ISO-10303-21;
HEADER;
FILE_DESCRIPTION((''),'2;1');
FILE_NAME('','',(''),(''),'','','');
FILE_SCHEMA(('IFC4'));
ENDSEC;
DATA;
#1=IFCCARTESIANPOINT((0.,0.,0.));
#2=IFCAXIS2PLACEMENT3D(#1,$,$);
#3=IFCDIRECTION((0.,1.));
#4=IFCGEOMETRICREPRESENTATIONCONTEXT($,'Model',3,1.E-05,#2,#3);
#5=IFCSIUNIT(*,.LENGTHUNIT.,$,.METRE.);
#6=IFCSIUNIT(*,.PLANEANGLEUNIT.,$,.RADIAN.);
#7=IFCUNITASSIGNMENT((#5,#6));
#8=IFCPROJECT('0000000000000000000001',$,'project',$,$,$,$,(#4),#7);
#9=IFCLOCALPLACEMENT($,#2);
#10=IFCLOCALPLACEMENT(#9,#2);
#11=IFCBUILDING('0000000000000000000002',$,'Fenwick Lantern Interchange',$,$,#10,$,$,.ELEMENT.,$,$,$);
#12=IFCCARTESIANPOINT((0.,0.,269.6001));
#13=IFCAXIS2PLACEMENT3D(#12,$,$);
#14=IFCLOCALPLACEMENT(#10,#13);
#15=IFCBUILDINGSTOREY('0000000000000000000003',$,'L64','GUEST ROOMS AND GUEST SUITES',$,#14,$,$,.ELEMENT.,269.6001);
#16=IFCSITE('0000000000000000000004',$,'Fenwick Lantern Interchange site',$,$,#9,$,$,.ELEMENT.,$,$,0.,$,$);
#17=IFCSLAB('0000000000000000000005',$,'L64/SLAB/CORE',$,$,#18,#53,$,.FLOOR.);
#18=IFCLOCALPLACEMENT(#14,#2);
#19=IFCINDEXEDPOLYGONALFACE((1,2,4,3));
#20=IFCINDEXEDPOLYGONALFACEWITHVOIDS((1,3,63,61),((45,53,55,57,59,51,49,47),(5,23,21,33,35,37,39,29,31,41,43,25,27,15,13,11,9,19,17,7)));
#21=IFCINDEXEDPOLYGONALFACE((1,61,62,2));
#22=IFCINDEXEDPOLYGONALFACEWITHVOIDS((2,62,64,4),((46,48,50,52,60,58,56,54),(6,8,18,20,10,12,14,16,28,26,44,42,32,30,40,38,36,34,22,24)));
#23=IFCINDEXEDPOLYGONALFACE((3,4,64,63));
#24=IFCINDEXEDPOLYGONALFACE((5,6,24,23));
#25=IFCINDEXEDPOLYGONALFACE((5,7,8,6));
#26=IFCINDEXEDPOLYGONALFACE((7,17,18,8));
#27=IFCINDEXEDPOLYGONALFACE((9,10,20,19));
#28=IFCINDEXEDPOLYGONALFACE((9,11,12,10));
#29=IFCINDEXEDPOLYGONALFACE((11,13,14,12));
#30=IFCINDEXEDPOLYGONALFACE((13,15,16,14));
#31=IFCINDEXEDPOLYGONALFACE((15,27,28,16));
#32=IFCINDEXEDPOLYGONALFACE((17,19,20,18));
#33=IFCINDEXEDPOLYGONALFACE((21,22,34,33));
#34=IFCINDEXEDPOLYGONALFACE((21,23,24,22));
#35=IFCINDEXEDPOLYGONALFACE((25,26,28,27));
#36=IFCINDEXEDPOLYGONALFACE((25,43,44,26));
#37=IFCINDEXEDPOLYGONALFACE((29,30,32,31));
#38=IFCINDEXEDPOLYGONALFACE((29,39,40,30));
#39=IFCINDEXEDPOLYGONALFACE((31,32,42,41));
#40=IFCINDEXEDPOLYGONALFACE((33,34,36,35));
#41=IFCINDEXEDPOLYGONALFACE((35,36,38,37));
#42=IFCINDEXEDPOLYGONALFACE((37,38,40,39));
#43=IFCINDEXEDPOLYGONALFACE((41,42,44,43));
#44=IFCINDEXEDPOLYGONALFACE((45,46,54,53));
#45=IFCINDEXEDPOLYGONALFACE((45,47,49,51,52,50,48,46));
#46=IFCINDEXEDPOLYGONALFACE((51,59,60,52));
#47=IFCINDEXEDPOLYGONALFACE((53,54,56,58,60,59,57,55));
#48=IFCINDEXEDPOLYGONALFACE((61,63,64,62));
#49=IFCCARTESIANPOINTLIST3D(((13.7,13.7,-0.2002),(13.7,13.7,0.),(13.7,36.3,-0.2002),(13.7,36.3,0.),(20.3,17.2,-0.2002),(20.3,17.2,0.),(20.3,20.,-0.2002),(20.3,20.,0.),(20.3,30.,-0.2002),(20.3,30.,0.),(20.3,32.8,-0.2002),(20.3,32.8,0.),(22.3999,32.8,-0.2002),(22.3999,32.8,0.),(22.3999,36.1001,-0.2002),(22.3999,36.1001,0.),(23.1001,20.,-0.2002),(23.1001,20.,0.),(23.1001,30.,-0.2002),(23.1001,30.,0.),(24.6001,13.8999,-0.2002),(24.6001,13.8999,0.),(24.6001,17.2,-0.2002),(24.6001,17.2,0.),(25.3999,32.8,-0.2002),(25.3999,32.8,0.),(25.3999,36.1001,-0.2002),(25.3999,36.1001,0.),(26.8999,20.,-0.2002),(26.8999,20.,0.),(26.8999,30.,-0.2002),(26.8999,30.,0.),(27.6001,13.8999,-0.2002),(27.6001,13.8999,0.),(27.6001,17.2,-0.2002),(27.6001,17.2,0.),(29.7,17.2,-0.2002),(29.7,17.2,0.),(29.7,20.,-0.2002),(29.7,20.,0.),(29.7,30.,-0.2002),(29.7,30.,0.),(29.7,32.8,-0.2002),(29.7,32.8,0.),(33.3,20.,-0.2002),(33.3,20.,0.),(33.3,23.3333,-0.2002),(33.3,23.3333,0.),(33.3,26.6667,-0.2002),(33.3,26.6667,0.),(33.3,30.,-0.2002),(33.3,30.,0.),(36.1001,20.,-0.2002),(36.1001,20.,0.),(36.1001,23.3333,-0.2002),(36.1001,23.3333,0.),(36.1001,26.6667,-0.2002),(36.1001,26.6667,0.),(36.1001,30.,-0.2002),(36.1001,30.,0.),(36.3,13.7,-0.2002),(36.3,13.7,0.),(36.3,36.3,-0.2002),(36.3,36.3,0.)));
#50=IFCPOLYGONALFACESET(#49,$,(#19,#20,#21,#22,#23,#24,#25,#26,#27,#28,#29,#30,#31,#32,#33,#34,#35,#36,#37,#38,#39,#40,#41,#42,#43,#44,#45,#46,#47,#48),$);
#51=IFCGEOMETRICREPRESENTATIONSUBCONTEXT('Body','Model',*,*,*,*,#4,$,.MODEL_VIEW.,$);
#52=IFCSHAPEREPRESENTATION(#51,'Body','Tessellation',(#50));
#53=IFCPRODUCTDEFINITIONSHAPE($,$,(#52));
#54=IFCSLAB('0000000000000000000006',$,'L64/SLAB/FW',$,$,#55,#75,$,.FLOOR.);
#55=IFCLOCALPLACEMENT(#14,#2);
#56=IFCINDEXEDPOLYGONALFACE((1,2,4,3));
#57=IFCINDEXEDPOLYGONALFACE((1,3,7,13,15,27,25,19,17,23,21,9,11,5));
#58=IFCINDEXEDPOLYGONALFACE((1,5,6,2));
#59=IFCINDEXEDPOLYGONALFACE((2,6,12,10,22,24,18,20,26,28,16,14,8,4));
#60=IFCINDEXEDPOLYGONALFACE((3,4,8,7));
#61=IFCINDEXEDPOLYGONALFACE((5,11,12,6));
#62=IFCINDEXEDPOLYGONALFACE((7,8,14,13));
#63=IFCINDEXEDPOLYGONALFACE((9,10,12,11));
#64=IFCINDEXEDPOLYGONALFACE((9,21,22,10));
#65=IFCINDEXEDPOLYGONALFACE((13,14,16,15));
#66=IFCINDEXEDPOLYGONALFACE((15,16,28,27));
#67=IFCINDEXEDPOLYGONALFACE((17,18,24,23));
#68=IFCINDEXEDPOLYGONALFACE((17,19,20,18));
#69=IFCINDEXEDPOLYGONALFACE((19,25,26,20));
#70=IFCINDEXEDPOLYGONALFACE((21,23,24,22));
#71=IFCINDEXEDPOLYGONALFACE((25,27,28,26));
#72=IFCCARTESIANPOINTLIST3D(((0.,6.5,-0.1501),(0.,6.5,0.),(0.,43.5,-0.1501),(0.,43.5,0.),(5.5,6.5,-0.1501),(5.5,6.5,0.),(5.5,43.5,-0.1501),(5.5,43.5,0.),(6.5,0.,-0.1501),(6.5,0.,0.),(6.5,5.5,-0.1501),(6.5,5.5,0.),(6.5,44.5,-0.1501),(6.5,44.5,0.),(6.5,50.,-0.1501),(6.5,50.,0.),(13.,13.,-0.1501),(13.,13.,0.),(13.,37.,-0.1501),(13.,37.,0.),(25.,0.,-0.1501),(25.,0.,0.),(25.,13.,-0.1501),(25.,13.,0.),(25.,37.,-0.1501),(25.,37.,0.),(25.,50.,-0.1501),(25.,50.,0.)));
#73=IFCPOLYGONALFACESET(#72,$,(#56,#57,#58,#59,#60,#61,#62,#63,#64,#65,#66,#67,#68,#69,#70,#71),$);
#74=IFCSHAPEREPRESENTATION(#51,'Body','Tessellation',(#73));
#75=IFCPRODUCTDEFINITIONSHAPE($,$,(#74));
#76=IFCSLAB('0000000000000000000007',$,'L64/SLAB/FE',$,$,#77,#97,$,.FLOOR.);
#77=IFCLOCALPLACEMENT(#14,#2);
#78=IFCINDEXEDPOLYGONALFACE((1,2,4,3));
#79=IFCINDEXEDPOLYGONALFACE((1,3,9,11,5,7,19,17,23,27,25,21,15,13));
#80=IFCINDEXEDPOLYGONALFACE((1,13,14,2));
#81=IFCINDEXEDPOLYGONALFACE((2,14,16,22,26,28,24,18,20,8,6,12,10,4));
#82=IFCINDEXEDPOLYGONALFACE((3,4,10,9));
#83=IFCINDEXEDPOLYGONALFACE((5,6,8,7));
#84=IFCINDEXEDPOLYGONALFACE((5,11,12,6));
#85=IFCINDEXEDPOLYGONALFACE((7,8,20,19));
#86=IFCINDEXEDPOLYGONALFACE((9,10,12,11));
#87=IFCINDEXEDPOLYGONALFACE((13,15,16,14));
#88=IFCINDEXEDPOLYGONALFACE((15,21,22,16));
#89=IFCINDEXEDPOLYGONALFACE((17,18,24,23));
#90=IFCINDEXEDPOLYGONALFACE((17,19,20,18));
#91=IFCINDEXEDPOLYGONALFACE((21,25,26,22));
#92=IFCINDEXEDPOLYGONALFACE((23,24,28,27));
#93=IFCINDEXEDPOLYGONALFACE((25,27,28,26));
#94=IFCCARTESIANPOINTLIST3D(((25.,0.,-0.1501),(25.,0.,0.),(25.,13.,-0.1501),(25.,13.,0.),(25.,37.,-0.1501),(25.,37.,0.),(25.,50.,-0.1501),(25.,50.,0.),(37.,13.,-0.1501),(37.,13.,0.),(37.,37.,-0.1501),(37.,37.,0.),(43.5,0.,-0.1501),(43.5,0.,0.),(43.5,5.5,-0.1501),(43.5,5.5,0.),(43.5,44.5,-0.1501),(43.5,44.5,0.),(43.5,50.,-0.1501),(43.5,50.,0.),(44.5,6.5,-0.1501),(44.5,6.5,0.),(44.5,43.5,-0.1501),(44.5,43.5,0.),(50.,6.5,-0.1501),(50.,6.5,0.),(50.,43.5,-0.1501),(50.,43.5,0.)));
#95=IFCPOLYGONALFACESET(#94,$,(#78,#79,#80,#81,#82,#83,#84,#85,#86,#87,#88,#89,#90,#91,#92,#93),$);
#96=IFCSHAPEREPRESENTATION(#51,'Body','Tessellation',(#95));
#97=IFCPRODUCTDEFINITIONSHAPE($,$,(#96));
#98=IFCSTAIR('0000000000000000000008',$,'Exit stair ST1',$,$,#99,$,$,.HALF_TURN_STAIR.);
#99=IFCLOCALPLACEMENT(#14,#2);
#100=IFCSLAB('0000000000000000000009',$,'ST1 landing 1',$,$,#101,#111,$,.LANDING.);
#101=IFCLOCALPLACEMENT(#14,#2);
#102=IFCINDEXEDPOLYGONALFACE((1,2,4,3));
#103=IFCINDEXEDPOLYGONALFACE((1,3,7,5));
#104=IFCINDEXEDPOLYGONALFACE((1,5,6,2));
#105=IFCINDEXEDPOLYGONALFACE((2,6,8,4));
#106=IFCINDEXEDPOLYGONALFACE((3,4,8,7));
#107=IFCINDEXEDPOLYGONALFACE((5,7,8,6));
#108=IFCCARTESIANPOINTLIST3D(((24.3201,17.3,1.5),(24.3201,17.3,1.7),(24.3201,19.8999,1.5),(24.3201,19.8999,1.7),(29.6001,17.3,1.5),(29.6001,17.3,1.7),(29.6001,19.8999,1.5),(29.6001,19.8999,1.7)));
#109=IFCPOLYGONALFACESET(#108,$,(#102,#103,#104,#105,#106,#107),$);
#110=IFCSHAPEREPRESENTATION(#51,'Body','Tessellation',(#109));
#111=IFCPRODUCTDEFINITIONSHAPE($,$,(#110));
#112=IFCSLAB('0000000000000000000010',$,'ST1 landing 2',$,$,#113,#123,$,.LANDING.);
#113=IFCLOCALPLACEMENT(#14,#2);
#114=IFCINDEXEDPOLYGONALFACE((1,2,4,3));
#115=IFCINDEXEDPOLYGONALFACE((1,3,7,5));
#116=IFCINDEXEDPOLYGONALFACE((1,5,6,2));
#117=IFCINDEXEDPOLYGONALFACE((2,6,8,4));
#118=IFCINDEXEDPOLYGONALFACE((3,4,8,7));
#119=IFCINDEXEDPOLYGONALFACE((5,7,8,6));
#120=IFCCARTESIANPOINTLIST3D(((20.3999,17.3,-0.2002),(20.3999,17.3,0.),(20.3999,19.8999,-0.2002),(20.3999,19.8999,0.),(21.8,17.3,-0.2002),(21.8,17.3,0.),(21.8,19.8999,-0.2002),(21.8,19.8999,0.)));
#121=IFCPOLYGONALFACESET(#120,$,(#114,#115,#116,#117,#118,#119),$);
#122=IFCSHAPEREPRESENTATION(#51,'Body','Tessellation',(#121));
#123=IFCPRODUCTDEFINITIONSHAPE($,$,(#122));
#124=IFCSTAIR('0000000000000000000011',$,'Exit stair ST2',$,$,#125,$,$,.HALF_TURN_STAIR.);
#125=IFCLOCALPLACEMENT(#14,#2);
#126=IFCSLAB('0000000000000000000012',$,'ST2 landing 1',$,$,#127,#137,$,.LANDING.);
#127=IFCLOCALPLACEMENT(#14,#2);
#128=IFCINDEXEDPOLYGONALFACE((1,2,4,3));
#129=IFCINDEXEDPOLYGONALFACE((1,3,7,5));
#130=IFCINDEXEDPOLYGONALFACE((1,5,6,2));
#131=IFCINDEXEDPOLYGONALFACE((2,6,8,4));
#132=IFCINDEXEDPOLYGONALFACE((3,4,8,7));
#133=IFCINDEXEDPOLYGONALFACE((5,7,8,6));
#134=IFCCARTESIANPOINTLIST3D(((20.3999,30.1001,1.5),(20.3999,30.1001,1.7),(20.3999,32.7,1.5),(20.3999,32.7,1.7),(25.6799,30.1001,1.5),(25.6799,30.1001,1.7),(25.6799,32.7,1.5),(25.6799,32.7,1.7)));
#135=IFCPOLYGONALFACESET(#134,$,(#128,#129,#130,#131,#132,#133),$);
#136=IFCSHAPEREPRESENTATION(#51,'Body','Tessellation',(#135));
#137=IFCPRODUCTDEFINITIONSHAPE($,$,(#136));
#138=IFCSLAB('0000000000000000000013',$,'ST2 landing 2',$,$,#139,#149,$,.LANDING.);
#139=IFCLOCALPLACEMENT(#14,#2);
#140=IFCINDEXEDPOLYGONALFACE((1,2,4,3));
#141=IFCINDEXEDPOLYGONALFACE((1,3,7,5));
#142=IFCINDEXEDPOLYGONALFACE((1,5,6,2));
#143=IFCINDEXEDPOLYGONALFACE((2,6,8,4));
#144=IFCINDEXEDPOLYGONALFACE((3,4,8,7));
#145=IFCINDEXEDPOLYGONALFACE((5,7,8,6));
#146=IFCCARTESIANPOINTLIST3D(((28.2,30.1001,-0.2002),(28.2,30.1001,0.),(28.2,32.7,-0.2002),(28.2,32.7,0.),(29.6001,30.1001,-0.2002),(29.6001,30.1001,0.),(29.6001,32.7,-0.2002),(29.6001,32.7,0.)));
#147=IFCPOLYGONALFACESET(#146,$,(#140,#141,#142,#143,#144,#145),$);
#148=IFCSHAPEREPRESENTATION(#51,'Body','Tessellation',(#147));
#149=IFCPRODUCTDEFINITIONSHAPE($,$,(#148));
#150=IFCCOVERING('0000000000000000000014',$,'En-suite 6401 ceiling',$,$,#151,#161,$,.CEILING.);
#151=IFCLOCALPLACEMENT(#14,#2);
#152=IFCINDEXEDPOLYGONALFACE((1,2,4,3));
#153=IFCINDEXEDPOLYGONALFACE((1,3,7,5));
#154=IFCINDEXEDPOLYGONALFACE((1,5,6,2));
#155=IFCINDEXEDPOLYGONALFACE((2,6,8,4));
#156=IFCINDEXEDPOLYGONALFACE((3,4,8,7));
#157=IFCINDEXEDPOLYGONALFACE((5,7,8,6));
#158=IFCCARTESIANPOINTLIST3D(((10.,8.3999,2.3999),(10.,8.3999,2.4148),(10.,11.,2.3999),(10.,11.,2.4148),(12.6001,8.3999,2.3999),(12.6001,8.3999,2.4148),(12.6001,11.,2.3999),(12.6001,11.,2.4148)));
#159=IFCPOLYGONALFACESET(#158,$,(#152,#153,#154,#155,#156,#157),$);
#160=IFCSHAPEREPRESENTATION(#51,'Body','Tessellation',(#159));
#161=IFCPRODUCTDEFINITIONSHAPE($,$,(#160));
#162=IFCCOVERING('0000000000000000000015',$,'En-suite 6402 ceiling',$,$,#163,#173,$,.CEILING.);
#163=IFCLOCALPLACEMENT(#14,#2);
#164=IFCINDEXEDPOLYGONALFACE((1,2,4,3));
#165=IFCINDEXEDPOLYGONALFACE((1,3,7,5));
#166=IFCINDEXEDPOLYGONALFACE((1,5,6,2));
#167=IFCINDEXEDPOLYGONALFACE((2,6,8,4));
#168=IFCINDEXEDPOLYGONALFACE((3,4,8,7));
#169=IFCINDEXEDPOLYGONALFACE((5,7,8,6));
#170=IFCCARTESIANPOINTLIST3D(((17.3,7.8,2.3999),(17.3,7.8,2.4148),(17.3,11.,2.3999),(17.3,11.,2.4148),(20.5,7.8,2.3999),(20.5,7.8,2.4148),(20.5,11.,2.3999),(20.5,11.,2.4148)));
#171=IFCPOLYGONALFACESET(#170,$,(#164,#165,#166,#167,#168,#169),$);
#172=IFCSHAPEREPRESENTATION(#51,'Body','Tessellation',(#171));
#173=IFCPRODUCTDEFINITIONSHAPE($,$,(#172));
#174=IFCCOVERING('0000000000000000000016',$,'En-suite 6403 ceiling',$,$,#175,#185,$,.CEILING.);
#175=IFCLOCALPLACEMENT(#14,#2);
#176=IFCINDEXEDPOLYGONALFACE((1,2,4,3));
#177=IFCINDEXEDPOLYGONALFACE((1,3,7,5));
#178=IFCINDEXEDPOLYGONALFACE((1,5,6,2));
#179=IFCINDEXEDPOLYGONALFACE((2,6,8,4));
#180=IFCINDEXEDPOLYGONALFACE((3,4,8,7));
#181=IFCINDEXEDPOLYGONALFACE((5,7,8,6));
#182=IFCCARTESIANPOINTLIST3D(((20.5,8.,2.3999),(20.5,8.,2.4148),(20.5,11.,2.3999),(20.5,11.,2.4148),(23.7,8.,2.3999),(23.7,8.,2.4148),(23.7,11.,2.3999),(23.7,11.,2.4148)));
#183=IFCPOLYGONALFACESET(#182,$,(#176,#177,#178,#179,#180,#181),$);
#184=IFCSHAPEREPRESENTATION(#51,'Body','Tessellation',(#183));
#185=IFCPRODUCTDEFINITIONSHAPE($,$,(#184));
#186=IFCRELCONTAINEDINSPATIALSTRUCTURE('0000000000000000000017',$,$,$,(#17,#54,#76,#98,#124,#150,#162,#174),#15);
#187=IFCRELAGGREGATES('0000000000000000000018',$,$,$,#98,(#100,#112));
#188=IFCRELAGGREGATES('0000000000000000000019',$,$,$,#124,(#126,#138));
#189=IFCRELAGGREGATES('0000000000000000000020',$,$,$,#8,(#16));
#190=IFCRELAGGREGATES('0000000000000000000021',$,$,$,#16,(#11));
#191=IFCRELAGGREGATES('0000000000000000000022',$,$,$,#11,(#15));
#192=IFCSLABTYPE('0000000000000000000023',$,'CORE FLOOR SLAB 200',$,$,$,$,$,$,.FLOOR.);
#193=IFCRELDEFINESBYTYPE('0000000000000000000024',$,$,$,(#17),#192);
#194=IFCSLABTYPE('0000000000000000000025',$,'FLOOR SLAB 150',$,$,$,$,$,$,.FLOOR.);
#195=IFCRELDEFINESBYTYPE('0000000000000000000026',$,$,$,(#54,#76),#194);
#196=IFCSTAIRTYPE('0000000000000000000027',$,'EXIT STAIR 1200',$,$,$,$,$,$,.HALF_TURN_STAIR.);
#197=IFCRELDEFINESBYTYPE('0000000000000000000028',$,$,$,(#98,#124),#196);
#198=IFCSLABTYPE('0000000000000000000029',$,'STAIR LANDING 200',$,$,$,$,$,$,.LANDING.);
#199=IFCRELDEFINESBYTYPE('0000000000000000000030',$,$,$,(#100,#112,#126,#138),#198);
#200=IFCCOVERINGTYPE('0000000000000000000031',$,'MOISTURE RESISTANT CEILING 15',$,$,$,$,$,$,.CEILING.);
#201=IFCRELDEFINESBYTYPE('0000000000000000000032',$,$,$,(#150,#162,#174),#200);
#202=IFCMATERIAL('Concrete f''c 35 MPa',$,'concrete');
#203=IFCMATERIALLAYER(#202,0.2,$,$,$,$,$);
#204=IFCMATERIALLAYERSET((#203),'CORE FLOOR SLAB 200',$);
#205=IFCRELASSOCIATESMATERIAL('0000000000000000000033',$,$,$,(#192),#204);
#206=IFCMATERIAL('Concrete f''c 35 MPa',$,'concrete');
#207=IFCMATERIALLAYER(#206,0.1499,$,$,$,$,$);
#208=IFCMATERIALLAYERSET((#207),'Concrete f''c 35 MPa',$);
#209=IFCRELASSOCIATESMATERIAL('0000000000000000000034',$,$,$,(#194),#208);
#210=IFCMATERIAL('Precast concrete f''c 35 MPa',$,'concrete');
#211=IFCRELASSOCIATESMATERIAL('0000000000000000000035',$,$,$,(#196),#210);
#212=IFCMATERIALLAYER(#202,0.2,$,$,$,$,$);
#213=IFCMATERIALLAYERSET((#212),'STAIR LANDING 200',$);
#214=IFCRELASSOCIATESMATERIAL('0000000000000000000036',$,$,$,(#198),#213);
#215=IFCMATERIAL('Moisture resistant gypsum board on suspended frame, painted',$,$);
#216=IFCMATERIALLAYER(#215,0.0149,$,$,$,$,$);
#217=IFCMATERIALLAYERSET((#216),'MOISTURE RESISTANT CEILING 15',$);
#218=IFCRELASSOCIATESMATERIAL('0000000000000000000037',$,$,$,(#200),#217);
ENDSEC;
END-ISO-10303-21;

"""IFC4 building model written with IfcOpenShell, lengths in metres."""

from ifc_helpers import new_model, si_unit, direction, frame, origin, place, context, subcontext, project, spatial, polyline, outline, extrude, material, layer, layer_set, type_object, element, aggregate, save


model = new_model("IFC4")

# Units and contexts
model_context = context("Model", 3, precision=1e-05, world=origin(), true_north=direction((0.0, 1.0)))
body_context = subcontext(model_context, "Body", "Model", "MODEL_VIEW")
ifc_project = project(units=[si_unit("LENGTHUNIT", "METRE"), si_unit("PLANEANGLEUNIT", "RADIAN")], contexts=[model_context])

# Site, building, storey
site_placement = place(None, origin())
site = spatial("IfcSite", under=ifc_project, at=site_placement, Name="Fenwick Lantern Interchange site", CompositionType="ELEMENT", RefElevation=0.0)
building_placement = place(site_placement, origin())
building = spatial("IfcBuilding", under=site, at=building_placement, Name="Fenwick Lantern Interchange", CompositionType="ELEMENT")
storey_placement = place(building_placement, frame((0.0, 0.0, 269.6001)))
storey = spatial("IfcBuildingStorey", under=building, at=storey_placement, Name="L64", Description="GUEST ROOMS AND GUEST SUITES", CompositionType="ELEMENT", Elevation=269.6001)

# Slabs
ifc_material_1 = material(Name="Concrete f'c 35 MPa", Category="concrete")
ifc_layer_1 = layer(ifc_material_1, 0.2)
ifc_layer_set_1 = layer_set([ifc_layer_1], Name="CORE FLOOR SLAB 200")
slab_type_1 = type_object("IfcSlabType", Name="CORE FLOOR SLAB 200", PredefinedType="FLOOR", material=ifc_layer_set_1)
slab_1_placement = place(storey_placement, frame((0.0, 0.0, -0.2002)))
element("IfcSlab", 1, at=slab_1_placement, inside=storey, type_object=slab_type_1, Name="L64/SLAB/CORE", PredefinedType="FLOOR", context=body_context, shape_type="SweptSolid", body=[
    extrude(outline(polyline([(13.7, 36.3), (36.3, 36.3), (36.3, 13.7), (13.7, 13.7), (13.7, 36.3)]), holes=[polyline([(24.6001, 13.8999), (27.6001, 13.8999), (27.6001, 17.2), (29.7, 17.2), (29.7, 20.0), (26.8999, 20.0), (26.8999, 30.0), (29.7, 30.0), (29.7, 32.8), (25.3999, 32.8), (25.3999, 36.1001), (22.3999, 36.1001), (22.3999, 32.8), (20.3, 32.8), (20.3, 30.0), (23.1001, 30.0), (23.1001, 20.0), (20.3, 20.0), (20.3, 17.2), (24.6001, 17.2), (24.6001, 13.8999)]), polyline([(33.3, 20.0), (36.1001, 20.0), (36.1001, 23.3333), (36.1001, 26.6667), (36.1001, 30.0), (33.3, 30.0), (33.3, 26.6667), (33.3, 23.3333), (33.3, 20.0)])]), origin(), (0.0, 0.0, 1.0), 0.2002),
])
ifc_material_2 = material(Name="Concrete f'c 35 MPa", Category="concrete")
ifc_layer_2 = layer(ifc_material_2, 0.1499)
ifc_layer_set_2 = layer_set([ifc_layer_2], Name="Concrete f'c 35 MPa")
slab_type_2 = type_object("IfcSlabType", Name="FLOOR SLAB 150", PredefinedType="FLOOR", material=ifc_layer_set_2)
slab_2_placement = place(storey_placement, frame((0.0, 0.0, -0.1501)))
element("IfcSlab", 2, at=slab_2_placement, inside=storey, type_object=slab_type_2, Name="L64/SLAB/FW", PredefinedType="FLOOR", context=body_context, shape_type="SweptSolid", body=[
    extrude(outline(polyline([(6.5, 0.0), (6.5, 5.5), (5.5, 6.5), (0.0, 6.5), (0.0, 43.5), (5.5, 43.5), (6.5, 44.5), (6.5, 50.0), (25.0, 50.0), (25.0, 37.0), (13.0, 37.0), (13.0, 13.0), (25.0, 13.0), (25.0, 0.0), (6.5, 0.0)])), origin(), (0.0, 0.0, 1.0), 0.1501),
])
slab_3_placement = place(storey_placement, frame((0.0, 0.0, -0.1501)))
element("IfcSlab", 3, at=slab_3_placement, inside=storey, type_object=slab_type_2, Name="L64/SLAB/FE", PredefinedType="FLOOR", context=body_context, shape_type="SweptSolid", body=[
    extrude(outline(polyline([(43.5, 50.0), (43.5, 44.5), (44.5, 43.5), (50.0, 43.5), (50.0, 6.5), (44.5, 6.5), (43.5, 5.5), (43.5, 0.0), (25.0, 0.0), (25.0, 13.0), (37.0, 13.0), (37.0, 37.0), (25.0, 37.0), (25.0, 50.0), (43.5, 50.0)])), origin(), (0.0, 0.0, 1.0), 0.1501),
])

# Stairs, slabs
ifc_material_3 = material(Name="Precast concrete f'c 35 MPa", Category="concrete")
stair_type = type_object("IfcStairType", Name="EXIT STAIR 1200", PredefinedType="HALF_TURN_STAIR", material=ifc_material_3)
stair_1_placement = place(storey_placement, origin())
stair_1 = element("IfcStair", 4, at=stair_1_placement, inside=storey, type_object=stair_type, Name="Exit stair ST1", PredefinedType="HALF_TURN_STAIR")
ifc_layer_3 = layer(ifc_material_1, 0.2)
ifc_layer_set_3 = layer_set([ifc_layer_3], Name="STAIR LANDING 200")
slab_type_3 = type_object("IfcSlabType", Name="STAIR LANDING 200", PredefinedType="LANDING", material=ifc_layer_set_3)
slab_4_placement = place(storey_placement, frame((0.0, 0.0, 1.5)))
slab_4 = element("IfcSlab", 5, at=slab_4_placement, type_object=slab_type_3, Name="ST1 landing 1", PredefinedType="LANDING", context=body_context, shape_type="SweptSolid", body=[
    extrude(outline(polyline([(24.3201, 17.3), (29.6001, 17.3), (29.6001, 19.8999), (24.3201, 19.8999), (24.3201, 17.3)])), origin(), (0.0, 0.0, 1.0), 0.2),
])
slab_5_placement = place(storey_placement, frame((0.0, 0.0, -0.2002)))
slab_5 = element("IfcSlab", 6, at=slab_5_placement, type_object=slab_type_3, Name="ST1 landing 2", PredefinedType="LANDING", context=body_context, shape_type="SweptSolid", body=[
    extrude(outline(polyline([(20.3999, 17.3), (21.8, 17.3), (21.8, 19.8999), (20.3999, 19.8999), (20.3999, 17.3)])), origin(), (0.0, 0.0, 1.0), 0.2002),
])
aggregate(stair_1, [slab_4, slab_5])
stair_2_placement = place(storey_placement, origin())
stair_2 = element("IfcStair", 7, at=stair_2_placement, inside=storey, type_object=stair_type, Name="Exit stair ST2", PredefinedType="HALF_TURN_STAIR")
slab_6_placement = place(storey_placement, frame((0.0, 0.0, 1.5)))
slab_6 = element("IfcSlab", 8, at=slab_6_placement, type_object=slab_type_3, Name="ST2 landing 1", PredefinedType="LANDING", context=body_context, shape_type="SweptSolid", body=[
    extrude(outline(polyline([(25.6799, 32.7), (20.3999, 32.7), (20.3999, 30.1001), (25.6799, 30.1001), (25.6799, 32.7)])), origin(), (0.0, 0.0, 1.0), 0.2),
])
slab_7_placement = place(storey_placement, frame((0.0, 0.0, -0.2002)))
slab_7 = element("IfcSlab", 9, at=slab_7_placement, type_object=slab_type_3, Name="ST2 landing 2", PredefinedType="LANDING", context=body_context, shape_type="SweptSolid", body=[
    extrude(outline(polyline([(29.6001, 32.7), (28.2, 32.7), (28.2, 30.1001), (29.6001, 30.1001), (29.6001, 32.7)])), origin(), (0.0, 0.0, 1.0), 0.2002),
])
aggregate(stair_2, [slab_6, slab_7])

# Coverings
ifc_material_4 = material(Name="Moisture resistant gypsum board on suspended frame, painted")
ifc_layer_4 = layer(ifc_material_4, 0.0149)
ifc_layer_set_4 = layer_set([ifc_layer_4], Name="MOISTURE RESISTANT CEILING 15")
covering_type_1 = type_object("IfcCoveringType", Name="MOISTURE RESISTANT CEILING 15", PredefinedType="CEILING", material=ifc_layer_set_4)
covering_1_placement = place(storey_placement, frame((0.0, 0.0, 2.3999)))
element("IfcCovering", 10, at=covering_1_placement, inside=storey, type_object=covering_type_1, Name="En-suite 6401 ceiling", PredefinedType="CEILING", context=body_context, shape_type="SweptSolid", body=[
    extrude(outline(polyline([(10.0, 8.3999), (12.6001, 8.3999), (12.6001, 11.0), (10.0, 11.0), (10.0, 8.3999)])), origin(), (0.0, 0.0, 1.0), 0.0149),
])
covering_2_placement = place(storey_placement, frame((0.0, 0.0, 2.3999)))
element("IfcCovering", 11, at=covering_2_placement, inside=storey, type_object=covering_type_1, Name="En-suite 6402 ceiling", PredefinedType="CEILING", context=body_context, shape_type="SweptSolid", body=[
    extrude(outline(polyline([(17.3, 7.8), (20.5, 7.8), (20.5, 11.0), (17.3, 11.0), (17.3, 7.8)])), origin(), (0.0, 0.0, 1.0), 0.0149),
])
covering_3_placement = place(storey_placement, frame((0.0, 0.0, 2.3999)))
element("IfcCovering", 12, at=covering_3_placement, inside=storey, type_object=covering_type_1, Name="En-suite 6403 ceiling", PredefinedType="CEILING", context=body_context, shape_type="SweptSolid", body=[
    extrude(outline(polyline([(20.5, 8.0), (23.7, 8.0), (23.7, 11.0), (20.5, 11.0), (20.5, 8.0)])), origin(), (0.0, 0.0, 1.0), 0.0149),
])

save(model, "model.ifc")
